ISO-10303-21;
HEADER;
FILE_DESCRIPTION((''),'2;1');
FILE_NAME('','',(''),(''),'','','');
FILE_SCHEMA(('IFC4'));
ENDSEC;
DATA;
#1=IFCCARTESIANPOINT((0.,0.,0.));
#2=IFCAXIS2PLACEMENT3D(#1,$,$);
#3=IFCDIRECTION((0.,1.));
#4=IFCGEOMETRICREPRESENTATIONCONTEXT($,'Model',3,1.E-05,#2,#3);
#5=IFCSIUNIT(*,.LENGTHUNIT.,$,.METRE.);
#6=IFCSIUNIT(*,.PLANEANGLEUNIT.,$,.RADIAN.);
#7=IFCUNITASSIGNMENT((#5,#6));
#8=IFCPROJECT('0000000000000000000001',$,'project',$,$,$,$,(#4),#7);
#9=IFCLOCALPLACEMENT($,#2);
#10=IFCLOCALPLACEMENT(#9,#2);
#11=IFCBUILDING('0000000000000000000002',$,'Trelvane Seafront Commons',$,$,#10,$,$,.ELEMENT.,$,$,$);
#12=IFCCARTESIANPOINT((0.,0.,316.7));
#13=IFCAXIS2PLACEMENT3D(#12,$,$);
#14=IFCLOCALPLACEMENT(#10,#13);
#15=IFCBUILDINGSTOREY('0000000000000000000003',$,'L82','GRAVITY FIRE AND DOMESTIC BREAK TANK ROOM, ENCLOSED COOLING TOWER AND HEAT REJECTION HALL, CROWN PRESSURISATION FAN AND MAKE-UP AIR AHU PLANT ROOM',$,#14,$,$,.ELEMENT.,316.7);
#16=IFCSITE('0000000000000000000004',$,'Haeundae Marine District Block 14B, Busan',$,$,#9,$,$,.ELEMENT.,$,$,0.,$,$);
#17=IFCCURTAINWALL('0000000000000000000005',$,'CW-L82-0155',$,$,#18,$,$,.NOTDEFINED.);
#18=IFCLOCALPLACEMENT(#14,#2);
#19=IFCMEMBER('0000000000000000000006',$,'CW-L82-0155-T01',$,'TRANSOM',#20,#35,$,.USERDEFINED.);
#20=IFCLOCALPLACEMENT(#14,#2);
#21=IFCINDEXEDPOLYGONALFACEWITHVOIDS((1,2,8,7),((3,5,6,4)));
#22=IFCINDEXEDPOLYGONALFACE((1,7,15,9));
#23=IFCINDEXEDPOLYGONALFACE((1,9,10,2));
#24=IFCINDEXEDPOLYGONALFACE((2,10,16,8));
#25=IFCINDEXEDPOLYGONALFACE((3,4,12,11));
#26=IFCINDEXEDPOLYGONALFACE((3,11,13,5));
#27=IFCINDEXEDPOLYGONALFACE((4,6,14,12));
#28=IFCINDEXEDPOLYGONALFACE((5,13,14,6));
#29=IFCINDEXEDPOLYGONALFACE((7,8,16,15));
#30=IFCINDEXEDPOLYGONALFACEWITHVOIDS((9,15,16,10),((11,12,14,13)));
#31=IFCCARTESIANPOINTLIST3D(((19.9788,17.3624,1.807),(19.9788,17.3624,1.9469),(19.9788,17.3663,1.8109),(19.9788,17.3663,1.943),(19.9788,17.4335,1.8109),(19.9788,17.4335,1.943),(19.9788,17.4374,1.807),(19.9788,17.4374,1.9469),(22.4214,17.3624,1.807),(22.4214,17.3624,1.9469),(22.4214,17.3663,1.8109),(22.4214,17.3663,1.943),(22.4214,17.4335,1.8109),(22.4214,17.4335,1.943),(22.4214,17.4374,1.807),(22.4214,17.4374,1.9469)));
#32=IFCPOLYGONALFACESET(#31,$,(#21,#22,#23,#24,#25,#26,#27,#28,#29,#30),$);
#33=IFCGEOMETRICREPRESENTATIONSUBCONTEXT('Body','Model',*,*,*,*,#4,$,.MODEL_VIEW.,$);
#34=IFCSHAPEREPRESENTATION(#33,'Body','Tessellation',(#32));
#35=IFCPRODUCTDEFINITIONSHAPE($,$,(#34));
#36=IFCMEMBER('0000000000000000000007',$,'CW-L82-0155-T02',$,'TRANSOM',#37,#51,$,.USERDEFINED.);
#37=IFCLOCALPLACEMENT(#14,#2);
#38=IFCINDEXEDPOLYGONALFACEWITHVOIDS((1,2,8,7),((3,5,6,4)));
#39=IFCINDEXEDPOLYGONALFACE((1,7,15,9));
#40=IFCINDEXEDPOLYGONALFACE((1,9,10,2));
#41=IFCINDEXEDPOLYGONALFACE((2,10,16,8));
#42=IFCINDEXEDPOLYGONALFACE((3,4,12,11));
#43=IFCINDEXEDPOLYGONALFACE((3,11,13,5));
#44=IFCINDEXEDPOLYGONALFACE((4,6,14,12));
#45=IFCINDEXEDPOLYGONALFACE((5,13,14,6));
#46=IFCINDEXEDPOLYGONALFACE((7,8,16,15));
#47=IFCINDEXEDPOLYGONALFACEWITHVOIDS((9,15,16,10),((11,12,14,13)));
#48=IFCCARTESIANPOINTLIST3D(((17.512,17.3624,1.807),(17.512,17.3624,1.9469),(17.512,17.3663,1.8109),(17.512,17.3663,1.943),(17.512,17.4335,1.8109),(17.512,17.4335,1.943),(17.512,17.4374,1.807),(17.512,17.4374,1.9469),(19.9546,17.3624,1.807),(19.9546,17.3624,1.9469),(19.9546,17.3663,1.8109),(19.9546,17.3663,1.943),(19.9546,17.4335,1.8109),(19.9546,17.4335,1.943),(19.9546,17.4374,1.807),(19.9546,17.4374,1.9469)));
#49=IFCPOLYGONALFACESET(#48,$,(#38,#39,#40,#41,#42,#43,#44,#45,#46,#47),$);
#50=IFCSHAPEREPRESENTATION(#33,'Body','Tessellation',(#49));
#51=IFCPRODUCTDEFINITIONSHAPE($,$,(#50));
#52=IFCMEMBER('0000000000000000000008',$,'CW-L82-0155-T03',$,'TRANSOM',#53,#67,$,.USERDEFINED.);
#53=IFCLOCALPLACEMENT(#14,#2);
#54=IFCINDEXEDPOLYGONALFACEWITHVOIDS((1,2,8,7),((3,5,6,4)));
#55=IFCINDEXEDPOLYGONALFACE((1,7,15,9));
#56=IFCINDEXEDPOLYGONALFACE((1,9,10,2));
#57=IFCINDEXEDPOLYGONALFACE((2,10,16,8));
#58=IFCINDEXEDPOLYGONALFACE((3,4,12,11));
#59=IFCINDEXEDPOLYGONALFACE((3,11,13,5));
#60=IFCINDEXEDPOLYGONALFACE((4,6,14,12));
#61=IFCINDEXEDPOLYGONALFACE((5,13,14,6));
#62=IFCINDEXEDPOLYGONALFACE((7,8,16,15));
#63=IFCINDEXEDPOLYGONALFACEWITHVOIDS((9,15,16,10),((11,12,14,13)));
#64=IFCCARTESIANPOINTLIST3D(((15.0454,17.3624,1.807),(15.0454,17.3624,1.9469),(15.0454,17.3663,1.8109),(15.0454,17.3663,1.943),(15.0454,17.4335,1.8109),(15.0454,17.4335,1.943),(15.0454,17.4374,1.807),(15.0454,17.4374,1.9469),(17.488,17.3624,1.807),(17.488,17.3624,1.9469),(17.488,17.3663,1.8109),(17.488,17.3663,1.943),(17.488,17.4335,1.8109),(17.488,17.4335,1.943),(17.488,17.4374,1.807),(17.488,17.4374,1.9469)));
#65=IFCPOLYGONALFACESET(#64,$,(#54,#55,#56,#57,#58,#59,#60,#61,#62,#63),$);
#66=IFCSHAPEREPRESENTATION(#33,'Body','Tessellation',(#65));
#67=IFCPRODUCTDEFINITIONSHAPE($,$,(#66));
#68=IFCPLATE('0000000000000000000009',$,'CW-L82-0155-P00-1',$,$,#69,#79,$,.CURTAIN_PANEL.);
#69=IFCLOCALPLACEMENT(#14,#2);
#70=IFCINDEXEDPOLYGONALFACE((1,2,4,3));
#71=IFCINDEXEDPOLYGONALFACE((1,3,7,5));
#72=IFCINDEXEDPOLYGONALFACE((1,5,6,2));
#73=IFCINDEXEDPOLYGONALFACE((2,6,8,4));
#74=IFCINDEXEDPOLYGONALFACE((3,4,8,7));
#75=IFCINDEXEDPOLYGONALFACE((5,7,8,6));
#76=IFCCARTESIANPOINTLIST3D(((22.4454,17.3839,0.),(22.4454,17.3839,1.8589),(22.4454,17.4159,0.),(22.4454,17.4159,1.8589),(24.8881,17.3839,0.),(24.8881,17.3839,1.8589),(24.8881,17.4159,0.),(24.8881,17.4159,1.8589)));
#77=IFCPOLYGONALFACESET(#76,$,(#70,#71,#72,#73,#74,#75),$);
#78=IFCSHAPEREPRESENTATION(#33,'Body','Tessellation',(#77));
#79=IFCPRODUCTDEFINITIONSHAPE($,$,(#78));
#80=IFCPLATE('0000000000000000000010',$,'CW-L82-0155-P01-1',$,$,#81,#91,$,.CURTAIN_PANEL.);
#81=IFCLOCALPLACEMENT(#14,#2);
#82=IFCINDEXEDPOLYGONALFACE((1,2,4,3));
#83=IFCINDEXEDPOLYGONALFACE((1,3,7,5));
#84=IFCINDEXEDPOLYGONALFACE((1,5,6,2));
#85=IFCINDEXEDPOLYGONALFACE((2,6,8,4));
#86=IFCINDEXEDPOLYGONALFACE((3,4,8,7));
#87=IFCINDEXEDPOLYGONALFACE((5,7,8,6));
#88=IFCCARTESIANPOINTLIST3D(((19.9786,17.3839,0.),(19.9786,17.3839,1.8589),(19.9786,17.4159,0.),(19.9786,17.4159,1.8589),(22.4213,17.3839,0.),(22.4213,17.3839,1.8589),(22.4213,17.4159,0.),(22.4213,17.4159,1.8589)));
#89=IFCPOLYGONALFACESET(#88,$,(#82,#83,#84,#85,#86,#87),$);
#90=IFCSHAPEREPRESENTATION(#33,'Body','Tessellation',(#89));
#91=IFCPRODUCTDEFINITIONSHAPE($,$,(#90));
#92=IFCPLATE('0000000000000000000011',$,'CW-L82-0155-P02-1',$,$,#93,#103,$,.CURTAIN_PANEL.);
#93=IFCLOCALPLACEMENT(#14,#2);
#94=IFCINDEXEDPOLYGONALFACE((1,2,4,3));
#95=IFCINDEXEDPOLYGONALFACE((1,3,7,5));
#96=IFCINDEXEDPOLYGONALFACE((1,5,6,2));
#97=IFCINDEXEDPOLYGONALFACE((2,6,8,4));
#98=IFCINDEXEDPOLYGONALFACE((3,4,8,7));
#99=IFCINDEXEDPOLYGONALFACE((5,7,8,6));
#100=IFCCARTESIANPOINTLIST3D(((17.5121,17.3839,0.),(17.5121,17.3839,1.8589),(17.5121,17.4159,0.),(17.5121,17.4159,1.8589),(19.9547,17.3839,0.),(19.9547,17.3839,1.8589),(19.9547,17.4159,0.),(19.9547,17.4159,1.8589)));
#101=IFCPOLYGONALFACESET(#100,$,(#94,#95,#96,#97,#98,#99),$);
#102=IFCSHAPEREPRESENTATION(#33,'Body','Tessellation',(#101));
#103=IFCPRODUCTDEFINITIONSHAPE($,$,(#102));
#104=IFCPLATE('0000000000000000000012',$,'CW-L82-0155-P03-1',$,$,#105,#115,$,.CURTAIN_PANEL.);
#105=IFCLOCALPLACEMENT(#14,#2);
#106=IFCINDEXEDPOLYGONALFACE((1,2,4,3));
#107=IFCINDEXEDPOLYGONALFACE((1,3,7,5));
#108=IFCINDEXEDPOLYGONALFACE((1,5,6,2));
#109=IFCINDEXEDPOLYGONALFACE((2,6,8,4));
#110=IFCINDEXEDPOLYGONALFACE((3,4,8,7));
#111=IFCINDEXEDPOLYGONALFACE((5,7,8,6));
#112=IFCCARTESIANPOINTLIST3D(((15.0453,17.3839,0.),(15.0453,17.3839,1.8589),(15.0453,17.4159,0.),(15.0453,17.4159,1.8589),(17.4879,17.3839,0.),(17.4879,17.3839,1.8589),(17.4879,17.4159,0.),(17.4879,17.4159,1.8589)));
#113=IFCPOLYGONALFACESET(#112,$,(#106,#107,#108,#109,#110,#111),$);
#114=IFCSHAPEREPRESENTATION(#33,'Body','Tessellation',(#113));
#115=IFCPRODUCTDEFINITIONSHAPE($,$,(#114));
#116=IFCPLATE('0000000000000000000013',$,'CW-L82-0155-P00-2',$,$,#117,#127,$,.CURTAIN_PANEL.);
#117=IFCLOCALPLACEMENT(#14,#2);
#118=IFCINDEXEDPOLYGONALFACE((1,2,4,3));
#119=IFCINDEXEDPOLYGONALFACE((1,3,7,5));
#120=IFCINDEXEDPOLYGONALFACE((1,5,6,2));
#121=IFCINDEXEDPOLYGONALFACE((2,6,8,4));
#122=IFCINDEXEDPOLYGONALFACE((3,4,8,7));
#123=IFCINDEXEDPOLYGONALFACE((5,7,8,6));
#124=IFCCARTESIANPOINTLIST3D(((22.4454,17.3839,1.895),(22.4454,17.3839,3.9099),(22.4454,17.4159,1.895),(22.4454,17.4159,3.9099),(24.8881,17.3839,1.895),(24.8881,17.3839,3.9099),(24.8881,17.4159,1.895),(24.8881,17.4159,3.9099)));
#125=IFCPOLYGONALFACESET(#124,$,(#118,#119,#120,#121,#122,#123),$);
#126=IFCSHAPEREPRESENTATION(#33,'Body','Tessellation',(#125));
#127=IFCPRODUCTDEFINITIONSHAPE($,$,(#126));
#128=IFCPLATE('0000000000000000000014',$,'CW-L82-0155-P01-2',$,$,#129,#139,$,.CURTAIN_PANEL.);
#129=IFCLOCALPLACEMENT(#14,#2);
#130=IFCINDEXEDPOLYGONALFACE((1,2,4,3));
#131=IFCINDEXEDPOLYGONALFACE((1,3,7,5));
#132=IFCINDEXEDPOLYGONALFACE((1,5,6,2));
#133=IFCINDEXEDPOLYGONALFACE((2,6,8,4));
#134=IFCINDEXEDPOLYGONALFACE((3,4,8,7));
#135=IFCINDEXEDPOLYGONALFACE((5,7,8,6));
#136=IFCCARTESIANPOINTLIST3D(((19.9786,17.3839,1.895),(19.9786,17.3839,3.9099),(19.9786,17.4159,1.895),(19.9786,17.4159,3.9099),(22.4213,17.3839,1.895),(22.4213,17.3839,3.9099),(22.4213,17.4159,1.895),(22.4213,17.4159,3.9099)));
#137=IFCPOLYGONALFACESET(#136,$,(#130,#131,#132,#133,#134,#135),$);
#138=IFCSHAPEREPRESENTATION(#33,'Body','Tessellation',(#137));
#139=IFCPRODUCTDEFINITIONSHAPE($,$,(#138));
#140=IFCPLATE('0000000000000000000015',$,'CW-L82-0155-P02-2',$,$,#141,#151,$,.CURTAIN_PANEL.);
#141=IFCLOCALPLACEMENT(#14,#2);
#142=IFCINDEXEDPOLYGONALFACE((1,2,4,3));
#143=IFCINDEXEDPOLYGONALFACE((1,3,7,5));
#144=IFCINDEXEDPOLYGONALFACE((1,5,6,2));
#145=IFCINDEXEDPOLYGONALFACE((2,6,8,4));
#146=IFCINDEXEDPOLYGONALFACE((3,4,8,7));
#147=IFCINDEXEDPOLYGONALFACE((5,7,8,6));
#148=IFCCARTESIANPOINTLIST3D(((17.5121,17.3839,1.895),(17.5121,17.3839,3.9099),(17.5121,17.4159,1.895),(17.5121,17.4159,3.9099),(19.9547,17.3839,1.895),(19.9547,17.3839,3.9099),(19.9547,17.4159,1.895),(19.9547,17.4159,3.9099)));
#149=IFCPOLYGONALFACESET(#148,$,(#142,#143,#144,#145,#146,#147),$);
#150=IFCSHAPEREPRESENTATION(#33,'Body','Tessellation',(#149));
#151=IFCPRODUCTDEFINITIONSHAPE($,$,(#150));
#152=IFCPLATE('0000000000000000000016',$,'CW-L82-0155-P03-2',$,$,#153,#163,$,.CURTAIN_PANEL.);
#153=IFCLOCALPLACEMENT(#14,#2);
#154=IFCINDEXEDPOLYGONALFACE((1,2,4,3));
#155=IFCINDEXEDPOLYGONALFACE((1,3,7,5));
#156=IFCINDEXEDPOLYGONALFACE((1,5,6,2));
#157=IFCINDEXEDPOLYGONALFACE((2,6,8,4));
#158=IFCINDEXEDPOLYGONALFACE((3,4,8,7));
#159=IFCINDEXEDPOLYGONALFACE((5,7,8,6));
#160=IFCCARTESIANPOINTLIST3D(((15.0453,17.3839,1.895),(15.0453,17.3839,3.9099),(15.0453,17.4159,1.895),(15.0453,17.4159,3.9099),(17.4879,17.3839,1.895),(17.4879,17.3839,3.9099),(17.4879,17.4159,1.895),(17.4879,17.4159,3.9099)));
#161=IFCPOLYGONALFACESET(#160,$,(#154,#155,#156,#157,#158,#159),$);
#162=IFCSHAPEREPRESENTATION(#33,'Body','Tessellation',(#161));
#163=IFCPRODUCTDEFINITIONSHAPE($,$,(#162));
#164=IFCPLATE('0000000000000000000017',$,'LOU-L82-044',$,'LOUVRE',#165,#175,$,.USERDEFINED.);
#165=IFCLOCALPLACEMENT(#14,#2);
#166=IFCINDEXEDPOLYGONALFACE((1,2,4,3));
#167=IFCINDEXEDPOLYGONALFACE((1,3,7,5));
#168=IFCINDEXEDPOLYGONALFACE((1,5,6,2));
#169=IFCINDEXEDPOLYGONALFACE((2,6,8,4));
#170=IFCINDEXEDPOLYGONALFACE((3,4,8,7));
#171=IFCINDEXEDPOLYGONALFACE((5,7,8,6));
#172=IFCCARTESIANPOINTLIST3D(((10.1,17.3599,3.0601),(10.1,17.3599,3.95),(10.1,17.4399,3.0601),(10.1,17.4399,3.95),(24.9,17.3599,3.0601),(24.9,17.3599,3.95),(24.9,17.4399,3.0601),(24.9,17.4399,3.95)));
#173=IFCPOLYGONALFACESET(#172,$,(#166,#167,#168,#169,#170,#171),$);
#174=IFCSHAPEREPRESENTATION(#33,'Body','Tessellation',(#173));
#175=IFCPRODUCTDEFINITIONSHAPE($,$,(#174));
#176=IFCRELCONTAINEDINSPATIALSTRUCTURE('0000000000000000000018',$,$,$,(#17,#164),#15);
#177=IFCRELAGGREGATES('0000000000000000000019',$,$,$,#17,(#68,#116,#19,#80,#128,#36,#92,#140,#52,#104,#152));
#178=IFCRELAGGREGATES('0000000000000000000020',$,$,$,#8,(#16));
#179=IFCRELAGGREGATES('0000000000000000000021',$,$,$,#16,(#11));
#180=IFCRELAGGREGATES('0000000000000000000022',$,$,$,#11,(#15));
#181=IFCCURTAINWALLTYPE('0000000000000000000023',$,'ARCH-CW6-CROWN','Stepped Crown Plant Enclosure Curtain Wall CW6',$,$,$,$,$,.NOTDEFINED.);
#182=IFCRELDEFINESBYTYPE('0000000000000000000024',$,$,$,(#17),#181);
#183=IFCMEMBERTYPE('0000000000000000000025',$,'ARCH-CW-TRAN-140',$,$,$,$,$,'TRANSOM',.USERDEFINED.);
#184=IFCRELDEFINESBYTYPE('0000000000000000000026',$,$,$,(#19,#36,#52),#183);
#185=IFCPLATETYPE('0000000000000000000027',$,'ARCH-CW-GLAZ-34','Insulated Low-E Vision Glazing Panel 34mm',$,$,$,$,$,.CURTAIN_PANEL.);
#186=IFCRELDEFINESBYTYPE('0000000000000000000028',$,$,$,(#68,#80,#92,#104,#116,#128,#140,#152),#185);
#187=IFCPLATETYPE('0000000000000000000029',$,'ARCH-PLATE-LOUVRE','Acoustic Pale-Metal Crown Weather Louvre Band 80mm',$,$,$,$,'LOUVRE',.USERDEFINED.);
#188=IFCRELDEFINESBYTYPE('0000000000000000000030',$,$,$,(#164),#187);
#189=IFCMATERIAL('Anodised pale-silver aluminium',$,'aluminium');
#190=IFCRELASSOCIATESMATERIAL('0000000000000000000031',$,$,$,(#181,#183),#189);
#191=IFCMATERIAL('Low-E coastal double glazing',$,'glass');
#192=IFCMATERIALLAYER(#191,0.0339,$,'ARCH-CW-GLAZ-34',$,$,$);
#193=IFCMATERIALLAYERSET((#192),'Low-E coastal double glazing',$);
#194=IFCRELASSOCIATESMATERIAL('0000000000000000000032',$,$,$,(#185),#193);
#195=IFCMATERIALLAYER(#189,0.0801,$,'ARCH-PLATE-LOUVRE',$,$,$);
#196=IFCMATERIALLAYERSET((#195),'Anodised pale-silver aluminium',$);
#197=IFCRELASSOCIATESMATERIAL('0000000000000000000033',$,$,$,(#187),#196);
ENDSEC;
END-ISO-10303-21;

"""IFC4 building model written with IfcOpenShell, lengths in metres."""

from ifc_helpers import new_model, si_unit, direction, frame, origin, origin_2d, place, context, subcontext, project, spatial, rectangle, hollow_rectangle, extrude, source, transform, mapped, material, layer, layer_set, material_profile, profile_set, type_object, element, aggregate, save


model = new_model("IFC4")

# Units and contexts
model_context = context("Model", 3, precision=1e-05, world=origin(), true_north=direction((0.0, 1.0)))
body_context = subcontext(model_context, "Body", "Model", "MODEL_VIEW")
ifc_project = project(units=[si_unit("LENGTHUNIT", "METRE"), si_unit("PLANEANGLEUNIT", "RADIAN")], contexts=[model_context])

# Site, building, storey
site_placement = place(None, origin())
site = spatial("IfcSite", under=ifc_project, at=site_placement, Name="Haeundae Marine District Block 14B, Busan", CompositionType="ELEMENT", RefElevation=0.0)
building_placement = place(site_placement, origin())
building = spatial("IfcBuilding", under=site, at=building_placement, Name="Trelvane Seafront Commons", CompositionType="ELEMENT")
storey_placement = place(building_placement, frame((0.0, 0.0, 316.7)))
storey = spatial("IfcBuildingStorey", under=building, at=storey_placement, Name="L82", Description="GRAVITY FIRE AND DOMESTIC BREAK TANK ROOM, ENCLOSED COOLING TOWER AND HEAT REJECTION HALL, CROWN PRESSURISATION FAN AND MAKE-UP AIR AHU PLANT ROOM", CompositionType="ELEMENT", Elevation=316.7)

# Curtain wall, members, plates
ifc_material_1 = material(Name="Anodised pale-silver aluminium", Category="aluminium")
curtain_wall_type = type_object("IfcCurtainWallType", Name="ARCH-CW6-CROWN", Description="Stepped Crown Plant Enclosure Curtain Wall CW6", PredefinedType="NOTDEFINED", material=ifc_material_1)
curtain_wall_placement = place(storey_placement, origin())
curtain_wall = element("IfcCurtainWall", 1, at=curtain_wall_placement, inside=storey, type_object=curtain_wall_type, Name="CW-L82-0155", PredefinedType="NOTDEFINED")
ifc_material_profile_1 = material_profile(ifc_material_1, hollow_rectangle(XDim=0.075, YDim=0.1399, WallThickness=0.0039, at=origin_2d()), Name="TRAN-75x140x4")
ifc_profile_set_1 = profile_set([ifc_material_profile_1], Name="Anodised pale-silver aluminium")
member_type_1 = type_object("IfcMemberType", Name="ARCH-CW-TRAN-140", ElementType="TRANSOM", PredefinedType="USERDEFINED", material=ifc_profile_set_1)
shared_shape_1 = source(origin(), body_context, "Body", "SweptSolid", [
    extrude(hollow_rectangle(XDim=0.075, YDim=0.1399, WallThickness=0.0039, at=origin_2d()), origin(), (0.0, 0.0, 1.0), 2.4426),
])
member_1_placement = place(storey_placement, frame((22.4214, 17.3999, 1.877), z_axis=(-1.0, 0.0, 0.0), x_axis=(0.0, -1.0, 0.0)))
member_1 = element("IfcMember", 2, at=member_1_placement, type_object=member_type_1, Name="CW-L82-0155-T01", ObjectType="TRANSOM", PredefinedType="USERDEFINED", context=body_context, shape_type="MappedRepresentation", body=[
    mapped(shared_shape_1, transform((0.0, 0.0, 0.0), x_axis=(1.0, 0.0, 0.0), y_axis=(0.0, 1.0, 0.0), z_axis=(0.0, 0.0, 1.0), scale=1.0)),
])
member_2_placement = place(storey_placement, frame((19.9546, 17.3999, 1.877), z_axis=(-1.0, 0.0, 0.0), x_axis=(0.0, -1.0, 0.0)))
member_2 = element("IfcMember", 3, at=member_2_placement, type_object=member_type_1, Name="CW-L82-0155-T02", ObjectType="TRANSOM", PredefinedType="USERDEFINED", context=body_context, shape_type="MappedRepresentation", body=[
    mapped(shared_shape_1, transform((0.0, 0.0, 0.0), x_axis=(1.0, 0.0, 0.0), y_axis=(0.0, 1.0, 0.0), z_axis=(0.0, 0.0, 1.0), scale=1.0)),
])
member_3_placement = place(storey_placement, frame((17.488, 17.3999, 1.877), z_axis=(-1.0, 0.0, 0.0), x_axis=(0.0, -1.0, 0.0)))
member_3 = element("IfcMember", 4, at=member_3_placement, type_object=member_type_1, Name="CW-L82-0155-T03", ObjectType="TRANSOM", PredefinedType="USERDEFINED", context=body_context, shape_type="MappedRepresentation", body=[
    mapped(shared_shape_1, transform((0.0, 0.0, 0.0), x_axis=(1.0, 0.0, 0.0), y_axis=(0.0, 1.0, 0.0), z_axis=(0.0, 0.0, 1.0), scale=1.0)),
])
ifc_material_2 = material(Name="Low-E coastal double glazing", Category="glass")
ifc_layer_1 = layer(ifc_material_2, 0.0339, Name="ARCH-CW-GLAZ-34")
ifc_layer_set_1 = layer_set([ifc_layer_1], Name="Low-E coastal double glazing")
plate_type_1 = type_object("IfcPlateType", Name="ARCH-CW-GLAZ-34", Description="Insulated Low-E Vision Glazing Panel 34mm", PredefinedType="CURTAIN_PANEL", material=ifc_layer_set_1)
shared_shape_2 = source(origin(), body_context, "Body", "SweptSolid", [
    extrude(rectangle(XDim=2.4426, YDim=0.032, at=origin_2d()), origin(), (0.0, 0.0, 1.0), 1.8589),
])
plate_1_placement = place(storey_placement, frame((23.6667, 17.3999, 0.0), z_axis=(0.0, 0.0, 1.0), x_axis=(-1.0, 0.0, 0.0)))
plate_1 = element("IfcPlate", 5, at=plate_1_placement, type_object=plate_type_1, Name="CW-L82-0155-P00-1", PredefinedType="CURTAIN_PANEL", context=body_context, shape_type="MappedRepresentation", body=[
    mapped(shared_shape_2, transform((0.0, 0.0, 0.0), x_axis=(1.0, 0.0, 0.0), y_axis=(0.0, 1.0, 0.0), z_axis=(0.0, 0.0, 1.0), scale=1.0)),
])
plate_2_placement = place(storey_placement, frame((21.2, 17.3999, 0.0), z_axis=(0.0, 0.0, 1.0), x_axis=(-1.0, 0.0, 0.0)))
plate_2 = element("IfcPlate", 6, at=plate_2_placement, type_object=plate_type_1, Name="CW-L82-0155-P01-1", PredefinedType="CURTAIN_PANEL", context=body_context, shape_type="MappedRepresentation", body=[
    mapped(shared_shape_2, transform((0.0, 0.0, 0.0), x_axis=(1.0, 0.0, 0.0), y_axis=(0.0, 1.0, 0.0), z_axis=(0.0, 0.0, 1.0), scale=1.0)),
])
plate_3_placement = place(storey_placement, frame((18.7334, 17.3999, 0.0), z_axis=(0.0, 0.0, 1.0), x_axis=(-1.0, 0.0, 0.0)))
plate_3 = element("IfcPlate", 7, at=plate_3_placement, type_object=plate_type_1, Name="CW-L82-0155-P02-1", PredefinedType="CURTAIN_PANEL", context=body_context, shape_type="MappedRepresentation", body=[
    mapped(shared_shape_2, transform((0.0, 0.0, 0.0), x_axis=(1.0, 0.0, 0.0), y_axis=(0.0, 1.0, 0.0), z_axis=(0.0, 0.0, 1.0), scale=1.0)),
])
plate_4_placement = place(storey_placement, frame((16.2666, 17.3999, 0.0), z_axis=(0.0, 0.0, 1.0), x_axis=(-1.0, 0.0, 0.0)))
plate_4 = element("IfcPlate", 8, at=plate_4_placement, type_object=plate_type_1, Name="CW-L82-0155-P03-1", PredefinedType="CURTAIN_PANEL", context=body_context, shape_type="MappedRepresentation", body=[
    mapped(shared_shape_2, transform((0.0, 0.0, 0.0), x_axis=(1.0, 0.0, 0.0), y_axis=(0.0, 1.0, 0.0), z_axis=(0.0, 0.0, 1.0), scale=1.0)),
])
shared_shape_3 = source(origin(), body_context, "Body", "SweptSolid", [
    extrude(rectangle(XDim=2.4426, YDim=0.032, at=origin_2d()), origin(), (0.0, 0.0, 1.0), 2.0149),
])
plate_5_placement = place(storey_placement, frame((23.6667, 17.3999, 1.895), z_axis=(0.0, 0.0, 1.0), x_axis=(-1.0, 0.0, 0.0)))
plate_5 = element("IfcPlate", 9, at=plate_5_placement, type_object=plate_type_1, Name="CW-L82-0155-P00-2", PredefinedType="CURTAIN_PANEL", context=body_context, shape_type="MappedRepresentation", body=[
    mapped(shared_shape_3, transform((0.0, 0.0, 0.0), x_axis=(1.0, 0.0, 0.0), y_axis=(0.0, 1.0, 0.0), z_axis=(0.0, 0.0, 1.0), scale=1.0)),
])
plate_6_placement = place(storey_placement, frame((21.2, 17.3999, 1.895), z_axis=(0.0, 0.0, 1.0), x_axis=(-1.0, 0.0, 0.0)))
plate_6 = element("IfcPlate", 10, at=plate_6_placement, type_object=plate_type_1, Name="CW-L82-0155-P01-2", PredefinedType="CURTAIN_PANEL", context=body_context, shape_type="MappedRepresentation", body=[
    mapped(shared_shape_3, transform((0.0, 0.0, 0.0), x_axis=(1.0, 0.0, 0.0), y_axis=(0.0, 1.0, 0.0), z_axis=(0.0, 0.0, 1.0), scale=1.0)),
])
plate_7_placement = place(storey_placement, frame((18.7334, 17.3999, 1.895), z_axis=(0.0, 0.0, 1.0), x_axis=(-1.0, 0.0, 0.0)))
plate_7 = element("IfcPlate", 11, at=plate_7_placement, type_object=plate_type_1, Name="CW-L82-0155-P02-2", PredefinedType="CURTAIN_PANEL", context=body_context, shape_type="MappedRepresentation", body=[
    mapped(shared_shape_3, transform((0.0, 0.0, 0.0), x_axis=(1.0, 0.0, 0.0), y_axis=(0.0, 1.0, 0.0), z_axis=(0.0, 0.0, 1.0), scale=1.0)),
])
plate_8_placement = place(storey_placement, frame((16.2666, 17.3999, 1.895), z_axis=(0.0, 0.0, 1.0), x_axis=(-1.0, 0.0, 0.0)))
plate_8 = element("IfcPlate", 12, at=plate_8_placement, type_object=plate_type_1, Name="CW-L82-0155-P03-2", PredefinedType="CURTAIN_PANEL", context=body_context, shape_type="MappedRepresentation", body=[
    mapped(shared_shape_3, transform((0.0, 0.0, 0.0), x_axis=(1.0, 0.0, 0.0), y_axis=(0.0, 1.0, 0.0), z_axis=(0.0, 0.0, 1.0), scale=1.0)),
])
aggregate(curtain_wall, [plate_1, plate_5, member_1, plate_2, plate_6, member_2, plate_3, plate_7, member_3, plate_4, plate_8])

# Plate
ifc_layer_2 = layer(ifc_material_1, 0.0801, Name="ARCH-PLATE-LOUVRE")
ifc_layer_set_2 = layer_set([ifc_layer_2], Name="Anodised pale-silver aluminium")
plate_type_2 = type_object("IfcPlateType", Name="ARCH-PLATE-LOUVRE", Description="Acoustic Pale-Metal Crown Weather Louvre Band 80mm", ElementType="LOUVRE", PredefinedType="USERDEFINED", material=ifc_layer_set_2)
shared_shape_4 = source(origin(), body_context, "Body", "SweptSolid", [
    extrude(rectangle(XDim=14.8, YDim=0.0801, at=origin_2d()), origin(), (0.0, 0.0, 1.0), 0.8899),
])
plate_9_placement = place(storey_placement, frame((17.5, 17.3999, 3.0601), z_axis=(0.0, 0.0, 1.0), x_axis=(-1.0, 0.0, 0.0)))
element("IfcPlate", 13, at=plate_9_placement, inside=storey, type_object=plate_type_2, Name="LOU-L82-044", ObjectType="LOUVRE", PredefinedType="USERDEFINED", context=body_context, shape_type="MappedRepresentation", body=[
    mapped(shared_shape_4, transform((0.0, 0.0, 0.0), x_axis=(1.0, 0.0, 0.0), y_axis=(0.0, 1.0, 0.0), z_axis=(0.0, 0.0, 1.0), scale=1.0)),
])

save(model, "model.ifc")
